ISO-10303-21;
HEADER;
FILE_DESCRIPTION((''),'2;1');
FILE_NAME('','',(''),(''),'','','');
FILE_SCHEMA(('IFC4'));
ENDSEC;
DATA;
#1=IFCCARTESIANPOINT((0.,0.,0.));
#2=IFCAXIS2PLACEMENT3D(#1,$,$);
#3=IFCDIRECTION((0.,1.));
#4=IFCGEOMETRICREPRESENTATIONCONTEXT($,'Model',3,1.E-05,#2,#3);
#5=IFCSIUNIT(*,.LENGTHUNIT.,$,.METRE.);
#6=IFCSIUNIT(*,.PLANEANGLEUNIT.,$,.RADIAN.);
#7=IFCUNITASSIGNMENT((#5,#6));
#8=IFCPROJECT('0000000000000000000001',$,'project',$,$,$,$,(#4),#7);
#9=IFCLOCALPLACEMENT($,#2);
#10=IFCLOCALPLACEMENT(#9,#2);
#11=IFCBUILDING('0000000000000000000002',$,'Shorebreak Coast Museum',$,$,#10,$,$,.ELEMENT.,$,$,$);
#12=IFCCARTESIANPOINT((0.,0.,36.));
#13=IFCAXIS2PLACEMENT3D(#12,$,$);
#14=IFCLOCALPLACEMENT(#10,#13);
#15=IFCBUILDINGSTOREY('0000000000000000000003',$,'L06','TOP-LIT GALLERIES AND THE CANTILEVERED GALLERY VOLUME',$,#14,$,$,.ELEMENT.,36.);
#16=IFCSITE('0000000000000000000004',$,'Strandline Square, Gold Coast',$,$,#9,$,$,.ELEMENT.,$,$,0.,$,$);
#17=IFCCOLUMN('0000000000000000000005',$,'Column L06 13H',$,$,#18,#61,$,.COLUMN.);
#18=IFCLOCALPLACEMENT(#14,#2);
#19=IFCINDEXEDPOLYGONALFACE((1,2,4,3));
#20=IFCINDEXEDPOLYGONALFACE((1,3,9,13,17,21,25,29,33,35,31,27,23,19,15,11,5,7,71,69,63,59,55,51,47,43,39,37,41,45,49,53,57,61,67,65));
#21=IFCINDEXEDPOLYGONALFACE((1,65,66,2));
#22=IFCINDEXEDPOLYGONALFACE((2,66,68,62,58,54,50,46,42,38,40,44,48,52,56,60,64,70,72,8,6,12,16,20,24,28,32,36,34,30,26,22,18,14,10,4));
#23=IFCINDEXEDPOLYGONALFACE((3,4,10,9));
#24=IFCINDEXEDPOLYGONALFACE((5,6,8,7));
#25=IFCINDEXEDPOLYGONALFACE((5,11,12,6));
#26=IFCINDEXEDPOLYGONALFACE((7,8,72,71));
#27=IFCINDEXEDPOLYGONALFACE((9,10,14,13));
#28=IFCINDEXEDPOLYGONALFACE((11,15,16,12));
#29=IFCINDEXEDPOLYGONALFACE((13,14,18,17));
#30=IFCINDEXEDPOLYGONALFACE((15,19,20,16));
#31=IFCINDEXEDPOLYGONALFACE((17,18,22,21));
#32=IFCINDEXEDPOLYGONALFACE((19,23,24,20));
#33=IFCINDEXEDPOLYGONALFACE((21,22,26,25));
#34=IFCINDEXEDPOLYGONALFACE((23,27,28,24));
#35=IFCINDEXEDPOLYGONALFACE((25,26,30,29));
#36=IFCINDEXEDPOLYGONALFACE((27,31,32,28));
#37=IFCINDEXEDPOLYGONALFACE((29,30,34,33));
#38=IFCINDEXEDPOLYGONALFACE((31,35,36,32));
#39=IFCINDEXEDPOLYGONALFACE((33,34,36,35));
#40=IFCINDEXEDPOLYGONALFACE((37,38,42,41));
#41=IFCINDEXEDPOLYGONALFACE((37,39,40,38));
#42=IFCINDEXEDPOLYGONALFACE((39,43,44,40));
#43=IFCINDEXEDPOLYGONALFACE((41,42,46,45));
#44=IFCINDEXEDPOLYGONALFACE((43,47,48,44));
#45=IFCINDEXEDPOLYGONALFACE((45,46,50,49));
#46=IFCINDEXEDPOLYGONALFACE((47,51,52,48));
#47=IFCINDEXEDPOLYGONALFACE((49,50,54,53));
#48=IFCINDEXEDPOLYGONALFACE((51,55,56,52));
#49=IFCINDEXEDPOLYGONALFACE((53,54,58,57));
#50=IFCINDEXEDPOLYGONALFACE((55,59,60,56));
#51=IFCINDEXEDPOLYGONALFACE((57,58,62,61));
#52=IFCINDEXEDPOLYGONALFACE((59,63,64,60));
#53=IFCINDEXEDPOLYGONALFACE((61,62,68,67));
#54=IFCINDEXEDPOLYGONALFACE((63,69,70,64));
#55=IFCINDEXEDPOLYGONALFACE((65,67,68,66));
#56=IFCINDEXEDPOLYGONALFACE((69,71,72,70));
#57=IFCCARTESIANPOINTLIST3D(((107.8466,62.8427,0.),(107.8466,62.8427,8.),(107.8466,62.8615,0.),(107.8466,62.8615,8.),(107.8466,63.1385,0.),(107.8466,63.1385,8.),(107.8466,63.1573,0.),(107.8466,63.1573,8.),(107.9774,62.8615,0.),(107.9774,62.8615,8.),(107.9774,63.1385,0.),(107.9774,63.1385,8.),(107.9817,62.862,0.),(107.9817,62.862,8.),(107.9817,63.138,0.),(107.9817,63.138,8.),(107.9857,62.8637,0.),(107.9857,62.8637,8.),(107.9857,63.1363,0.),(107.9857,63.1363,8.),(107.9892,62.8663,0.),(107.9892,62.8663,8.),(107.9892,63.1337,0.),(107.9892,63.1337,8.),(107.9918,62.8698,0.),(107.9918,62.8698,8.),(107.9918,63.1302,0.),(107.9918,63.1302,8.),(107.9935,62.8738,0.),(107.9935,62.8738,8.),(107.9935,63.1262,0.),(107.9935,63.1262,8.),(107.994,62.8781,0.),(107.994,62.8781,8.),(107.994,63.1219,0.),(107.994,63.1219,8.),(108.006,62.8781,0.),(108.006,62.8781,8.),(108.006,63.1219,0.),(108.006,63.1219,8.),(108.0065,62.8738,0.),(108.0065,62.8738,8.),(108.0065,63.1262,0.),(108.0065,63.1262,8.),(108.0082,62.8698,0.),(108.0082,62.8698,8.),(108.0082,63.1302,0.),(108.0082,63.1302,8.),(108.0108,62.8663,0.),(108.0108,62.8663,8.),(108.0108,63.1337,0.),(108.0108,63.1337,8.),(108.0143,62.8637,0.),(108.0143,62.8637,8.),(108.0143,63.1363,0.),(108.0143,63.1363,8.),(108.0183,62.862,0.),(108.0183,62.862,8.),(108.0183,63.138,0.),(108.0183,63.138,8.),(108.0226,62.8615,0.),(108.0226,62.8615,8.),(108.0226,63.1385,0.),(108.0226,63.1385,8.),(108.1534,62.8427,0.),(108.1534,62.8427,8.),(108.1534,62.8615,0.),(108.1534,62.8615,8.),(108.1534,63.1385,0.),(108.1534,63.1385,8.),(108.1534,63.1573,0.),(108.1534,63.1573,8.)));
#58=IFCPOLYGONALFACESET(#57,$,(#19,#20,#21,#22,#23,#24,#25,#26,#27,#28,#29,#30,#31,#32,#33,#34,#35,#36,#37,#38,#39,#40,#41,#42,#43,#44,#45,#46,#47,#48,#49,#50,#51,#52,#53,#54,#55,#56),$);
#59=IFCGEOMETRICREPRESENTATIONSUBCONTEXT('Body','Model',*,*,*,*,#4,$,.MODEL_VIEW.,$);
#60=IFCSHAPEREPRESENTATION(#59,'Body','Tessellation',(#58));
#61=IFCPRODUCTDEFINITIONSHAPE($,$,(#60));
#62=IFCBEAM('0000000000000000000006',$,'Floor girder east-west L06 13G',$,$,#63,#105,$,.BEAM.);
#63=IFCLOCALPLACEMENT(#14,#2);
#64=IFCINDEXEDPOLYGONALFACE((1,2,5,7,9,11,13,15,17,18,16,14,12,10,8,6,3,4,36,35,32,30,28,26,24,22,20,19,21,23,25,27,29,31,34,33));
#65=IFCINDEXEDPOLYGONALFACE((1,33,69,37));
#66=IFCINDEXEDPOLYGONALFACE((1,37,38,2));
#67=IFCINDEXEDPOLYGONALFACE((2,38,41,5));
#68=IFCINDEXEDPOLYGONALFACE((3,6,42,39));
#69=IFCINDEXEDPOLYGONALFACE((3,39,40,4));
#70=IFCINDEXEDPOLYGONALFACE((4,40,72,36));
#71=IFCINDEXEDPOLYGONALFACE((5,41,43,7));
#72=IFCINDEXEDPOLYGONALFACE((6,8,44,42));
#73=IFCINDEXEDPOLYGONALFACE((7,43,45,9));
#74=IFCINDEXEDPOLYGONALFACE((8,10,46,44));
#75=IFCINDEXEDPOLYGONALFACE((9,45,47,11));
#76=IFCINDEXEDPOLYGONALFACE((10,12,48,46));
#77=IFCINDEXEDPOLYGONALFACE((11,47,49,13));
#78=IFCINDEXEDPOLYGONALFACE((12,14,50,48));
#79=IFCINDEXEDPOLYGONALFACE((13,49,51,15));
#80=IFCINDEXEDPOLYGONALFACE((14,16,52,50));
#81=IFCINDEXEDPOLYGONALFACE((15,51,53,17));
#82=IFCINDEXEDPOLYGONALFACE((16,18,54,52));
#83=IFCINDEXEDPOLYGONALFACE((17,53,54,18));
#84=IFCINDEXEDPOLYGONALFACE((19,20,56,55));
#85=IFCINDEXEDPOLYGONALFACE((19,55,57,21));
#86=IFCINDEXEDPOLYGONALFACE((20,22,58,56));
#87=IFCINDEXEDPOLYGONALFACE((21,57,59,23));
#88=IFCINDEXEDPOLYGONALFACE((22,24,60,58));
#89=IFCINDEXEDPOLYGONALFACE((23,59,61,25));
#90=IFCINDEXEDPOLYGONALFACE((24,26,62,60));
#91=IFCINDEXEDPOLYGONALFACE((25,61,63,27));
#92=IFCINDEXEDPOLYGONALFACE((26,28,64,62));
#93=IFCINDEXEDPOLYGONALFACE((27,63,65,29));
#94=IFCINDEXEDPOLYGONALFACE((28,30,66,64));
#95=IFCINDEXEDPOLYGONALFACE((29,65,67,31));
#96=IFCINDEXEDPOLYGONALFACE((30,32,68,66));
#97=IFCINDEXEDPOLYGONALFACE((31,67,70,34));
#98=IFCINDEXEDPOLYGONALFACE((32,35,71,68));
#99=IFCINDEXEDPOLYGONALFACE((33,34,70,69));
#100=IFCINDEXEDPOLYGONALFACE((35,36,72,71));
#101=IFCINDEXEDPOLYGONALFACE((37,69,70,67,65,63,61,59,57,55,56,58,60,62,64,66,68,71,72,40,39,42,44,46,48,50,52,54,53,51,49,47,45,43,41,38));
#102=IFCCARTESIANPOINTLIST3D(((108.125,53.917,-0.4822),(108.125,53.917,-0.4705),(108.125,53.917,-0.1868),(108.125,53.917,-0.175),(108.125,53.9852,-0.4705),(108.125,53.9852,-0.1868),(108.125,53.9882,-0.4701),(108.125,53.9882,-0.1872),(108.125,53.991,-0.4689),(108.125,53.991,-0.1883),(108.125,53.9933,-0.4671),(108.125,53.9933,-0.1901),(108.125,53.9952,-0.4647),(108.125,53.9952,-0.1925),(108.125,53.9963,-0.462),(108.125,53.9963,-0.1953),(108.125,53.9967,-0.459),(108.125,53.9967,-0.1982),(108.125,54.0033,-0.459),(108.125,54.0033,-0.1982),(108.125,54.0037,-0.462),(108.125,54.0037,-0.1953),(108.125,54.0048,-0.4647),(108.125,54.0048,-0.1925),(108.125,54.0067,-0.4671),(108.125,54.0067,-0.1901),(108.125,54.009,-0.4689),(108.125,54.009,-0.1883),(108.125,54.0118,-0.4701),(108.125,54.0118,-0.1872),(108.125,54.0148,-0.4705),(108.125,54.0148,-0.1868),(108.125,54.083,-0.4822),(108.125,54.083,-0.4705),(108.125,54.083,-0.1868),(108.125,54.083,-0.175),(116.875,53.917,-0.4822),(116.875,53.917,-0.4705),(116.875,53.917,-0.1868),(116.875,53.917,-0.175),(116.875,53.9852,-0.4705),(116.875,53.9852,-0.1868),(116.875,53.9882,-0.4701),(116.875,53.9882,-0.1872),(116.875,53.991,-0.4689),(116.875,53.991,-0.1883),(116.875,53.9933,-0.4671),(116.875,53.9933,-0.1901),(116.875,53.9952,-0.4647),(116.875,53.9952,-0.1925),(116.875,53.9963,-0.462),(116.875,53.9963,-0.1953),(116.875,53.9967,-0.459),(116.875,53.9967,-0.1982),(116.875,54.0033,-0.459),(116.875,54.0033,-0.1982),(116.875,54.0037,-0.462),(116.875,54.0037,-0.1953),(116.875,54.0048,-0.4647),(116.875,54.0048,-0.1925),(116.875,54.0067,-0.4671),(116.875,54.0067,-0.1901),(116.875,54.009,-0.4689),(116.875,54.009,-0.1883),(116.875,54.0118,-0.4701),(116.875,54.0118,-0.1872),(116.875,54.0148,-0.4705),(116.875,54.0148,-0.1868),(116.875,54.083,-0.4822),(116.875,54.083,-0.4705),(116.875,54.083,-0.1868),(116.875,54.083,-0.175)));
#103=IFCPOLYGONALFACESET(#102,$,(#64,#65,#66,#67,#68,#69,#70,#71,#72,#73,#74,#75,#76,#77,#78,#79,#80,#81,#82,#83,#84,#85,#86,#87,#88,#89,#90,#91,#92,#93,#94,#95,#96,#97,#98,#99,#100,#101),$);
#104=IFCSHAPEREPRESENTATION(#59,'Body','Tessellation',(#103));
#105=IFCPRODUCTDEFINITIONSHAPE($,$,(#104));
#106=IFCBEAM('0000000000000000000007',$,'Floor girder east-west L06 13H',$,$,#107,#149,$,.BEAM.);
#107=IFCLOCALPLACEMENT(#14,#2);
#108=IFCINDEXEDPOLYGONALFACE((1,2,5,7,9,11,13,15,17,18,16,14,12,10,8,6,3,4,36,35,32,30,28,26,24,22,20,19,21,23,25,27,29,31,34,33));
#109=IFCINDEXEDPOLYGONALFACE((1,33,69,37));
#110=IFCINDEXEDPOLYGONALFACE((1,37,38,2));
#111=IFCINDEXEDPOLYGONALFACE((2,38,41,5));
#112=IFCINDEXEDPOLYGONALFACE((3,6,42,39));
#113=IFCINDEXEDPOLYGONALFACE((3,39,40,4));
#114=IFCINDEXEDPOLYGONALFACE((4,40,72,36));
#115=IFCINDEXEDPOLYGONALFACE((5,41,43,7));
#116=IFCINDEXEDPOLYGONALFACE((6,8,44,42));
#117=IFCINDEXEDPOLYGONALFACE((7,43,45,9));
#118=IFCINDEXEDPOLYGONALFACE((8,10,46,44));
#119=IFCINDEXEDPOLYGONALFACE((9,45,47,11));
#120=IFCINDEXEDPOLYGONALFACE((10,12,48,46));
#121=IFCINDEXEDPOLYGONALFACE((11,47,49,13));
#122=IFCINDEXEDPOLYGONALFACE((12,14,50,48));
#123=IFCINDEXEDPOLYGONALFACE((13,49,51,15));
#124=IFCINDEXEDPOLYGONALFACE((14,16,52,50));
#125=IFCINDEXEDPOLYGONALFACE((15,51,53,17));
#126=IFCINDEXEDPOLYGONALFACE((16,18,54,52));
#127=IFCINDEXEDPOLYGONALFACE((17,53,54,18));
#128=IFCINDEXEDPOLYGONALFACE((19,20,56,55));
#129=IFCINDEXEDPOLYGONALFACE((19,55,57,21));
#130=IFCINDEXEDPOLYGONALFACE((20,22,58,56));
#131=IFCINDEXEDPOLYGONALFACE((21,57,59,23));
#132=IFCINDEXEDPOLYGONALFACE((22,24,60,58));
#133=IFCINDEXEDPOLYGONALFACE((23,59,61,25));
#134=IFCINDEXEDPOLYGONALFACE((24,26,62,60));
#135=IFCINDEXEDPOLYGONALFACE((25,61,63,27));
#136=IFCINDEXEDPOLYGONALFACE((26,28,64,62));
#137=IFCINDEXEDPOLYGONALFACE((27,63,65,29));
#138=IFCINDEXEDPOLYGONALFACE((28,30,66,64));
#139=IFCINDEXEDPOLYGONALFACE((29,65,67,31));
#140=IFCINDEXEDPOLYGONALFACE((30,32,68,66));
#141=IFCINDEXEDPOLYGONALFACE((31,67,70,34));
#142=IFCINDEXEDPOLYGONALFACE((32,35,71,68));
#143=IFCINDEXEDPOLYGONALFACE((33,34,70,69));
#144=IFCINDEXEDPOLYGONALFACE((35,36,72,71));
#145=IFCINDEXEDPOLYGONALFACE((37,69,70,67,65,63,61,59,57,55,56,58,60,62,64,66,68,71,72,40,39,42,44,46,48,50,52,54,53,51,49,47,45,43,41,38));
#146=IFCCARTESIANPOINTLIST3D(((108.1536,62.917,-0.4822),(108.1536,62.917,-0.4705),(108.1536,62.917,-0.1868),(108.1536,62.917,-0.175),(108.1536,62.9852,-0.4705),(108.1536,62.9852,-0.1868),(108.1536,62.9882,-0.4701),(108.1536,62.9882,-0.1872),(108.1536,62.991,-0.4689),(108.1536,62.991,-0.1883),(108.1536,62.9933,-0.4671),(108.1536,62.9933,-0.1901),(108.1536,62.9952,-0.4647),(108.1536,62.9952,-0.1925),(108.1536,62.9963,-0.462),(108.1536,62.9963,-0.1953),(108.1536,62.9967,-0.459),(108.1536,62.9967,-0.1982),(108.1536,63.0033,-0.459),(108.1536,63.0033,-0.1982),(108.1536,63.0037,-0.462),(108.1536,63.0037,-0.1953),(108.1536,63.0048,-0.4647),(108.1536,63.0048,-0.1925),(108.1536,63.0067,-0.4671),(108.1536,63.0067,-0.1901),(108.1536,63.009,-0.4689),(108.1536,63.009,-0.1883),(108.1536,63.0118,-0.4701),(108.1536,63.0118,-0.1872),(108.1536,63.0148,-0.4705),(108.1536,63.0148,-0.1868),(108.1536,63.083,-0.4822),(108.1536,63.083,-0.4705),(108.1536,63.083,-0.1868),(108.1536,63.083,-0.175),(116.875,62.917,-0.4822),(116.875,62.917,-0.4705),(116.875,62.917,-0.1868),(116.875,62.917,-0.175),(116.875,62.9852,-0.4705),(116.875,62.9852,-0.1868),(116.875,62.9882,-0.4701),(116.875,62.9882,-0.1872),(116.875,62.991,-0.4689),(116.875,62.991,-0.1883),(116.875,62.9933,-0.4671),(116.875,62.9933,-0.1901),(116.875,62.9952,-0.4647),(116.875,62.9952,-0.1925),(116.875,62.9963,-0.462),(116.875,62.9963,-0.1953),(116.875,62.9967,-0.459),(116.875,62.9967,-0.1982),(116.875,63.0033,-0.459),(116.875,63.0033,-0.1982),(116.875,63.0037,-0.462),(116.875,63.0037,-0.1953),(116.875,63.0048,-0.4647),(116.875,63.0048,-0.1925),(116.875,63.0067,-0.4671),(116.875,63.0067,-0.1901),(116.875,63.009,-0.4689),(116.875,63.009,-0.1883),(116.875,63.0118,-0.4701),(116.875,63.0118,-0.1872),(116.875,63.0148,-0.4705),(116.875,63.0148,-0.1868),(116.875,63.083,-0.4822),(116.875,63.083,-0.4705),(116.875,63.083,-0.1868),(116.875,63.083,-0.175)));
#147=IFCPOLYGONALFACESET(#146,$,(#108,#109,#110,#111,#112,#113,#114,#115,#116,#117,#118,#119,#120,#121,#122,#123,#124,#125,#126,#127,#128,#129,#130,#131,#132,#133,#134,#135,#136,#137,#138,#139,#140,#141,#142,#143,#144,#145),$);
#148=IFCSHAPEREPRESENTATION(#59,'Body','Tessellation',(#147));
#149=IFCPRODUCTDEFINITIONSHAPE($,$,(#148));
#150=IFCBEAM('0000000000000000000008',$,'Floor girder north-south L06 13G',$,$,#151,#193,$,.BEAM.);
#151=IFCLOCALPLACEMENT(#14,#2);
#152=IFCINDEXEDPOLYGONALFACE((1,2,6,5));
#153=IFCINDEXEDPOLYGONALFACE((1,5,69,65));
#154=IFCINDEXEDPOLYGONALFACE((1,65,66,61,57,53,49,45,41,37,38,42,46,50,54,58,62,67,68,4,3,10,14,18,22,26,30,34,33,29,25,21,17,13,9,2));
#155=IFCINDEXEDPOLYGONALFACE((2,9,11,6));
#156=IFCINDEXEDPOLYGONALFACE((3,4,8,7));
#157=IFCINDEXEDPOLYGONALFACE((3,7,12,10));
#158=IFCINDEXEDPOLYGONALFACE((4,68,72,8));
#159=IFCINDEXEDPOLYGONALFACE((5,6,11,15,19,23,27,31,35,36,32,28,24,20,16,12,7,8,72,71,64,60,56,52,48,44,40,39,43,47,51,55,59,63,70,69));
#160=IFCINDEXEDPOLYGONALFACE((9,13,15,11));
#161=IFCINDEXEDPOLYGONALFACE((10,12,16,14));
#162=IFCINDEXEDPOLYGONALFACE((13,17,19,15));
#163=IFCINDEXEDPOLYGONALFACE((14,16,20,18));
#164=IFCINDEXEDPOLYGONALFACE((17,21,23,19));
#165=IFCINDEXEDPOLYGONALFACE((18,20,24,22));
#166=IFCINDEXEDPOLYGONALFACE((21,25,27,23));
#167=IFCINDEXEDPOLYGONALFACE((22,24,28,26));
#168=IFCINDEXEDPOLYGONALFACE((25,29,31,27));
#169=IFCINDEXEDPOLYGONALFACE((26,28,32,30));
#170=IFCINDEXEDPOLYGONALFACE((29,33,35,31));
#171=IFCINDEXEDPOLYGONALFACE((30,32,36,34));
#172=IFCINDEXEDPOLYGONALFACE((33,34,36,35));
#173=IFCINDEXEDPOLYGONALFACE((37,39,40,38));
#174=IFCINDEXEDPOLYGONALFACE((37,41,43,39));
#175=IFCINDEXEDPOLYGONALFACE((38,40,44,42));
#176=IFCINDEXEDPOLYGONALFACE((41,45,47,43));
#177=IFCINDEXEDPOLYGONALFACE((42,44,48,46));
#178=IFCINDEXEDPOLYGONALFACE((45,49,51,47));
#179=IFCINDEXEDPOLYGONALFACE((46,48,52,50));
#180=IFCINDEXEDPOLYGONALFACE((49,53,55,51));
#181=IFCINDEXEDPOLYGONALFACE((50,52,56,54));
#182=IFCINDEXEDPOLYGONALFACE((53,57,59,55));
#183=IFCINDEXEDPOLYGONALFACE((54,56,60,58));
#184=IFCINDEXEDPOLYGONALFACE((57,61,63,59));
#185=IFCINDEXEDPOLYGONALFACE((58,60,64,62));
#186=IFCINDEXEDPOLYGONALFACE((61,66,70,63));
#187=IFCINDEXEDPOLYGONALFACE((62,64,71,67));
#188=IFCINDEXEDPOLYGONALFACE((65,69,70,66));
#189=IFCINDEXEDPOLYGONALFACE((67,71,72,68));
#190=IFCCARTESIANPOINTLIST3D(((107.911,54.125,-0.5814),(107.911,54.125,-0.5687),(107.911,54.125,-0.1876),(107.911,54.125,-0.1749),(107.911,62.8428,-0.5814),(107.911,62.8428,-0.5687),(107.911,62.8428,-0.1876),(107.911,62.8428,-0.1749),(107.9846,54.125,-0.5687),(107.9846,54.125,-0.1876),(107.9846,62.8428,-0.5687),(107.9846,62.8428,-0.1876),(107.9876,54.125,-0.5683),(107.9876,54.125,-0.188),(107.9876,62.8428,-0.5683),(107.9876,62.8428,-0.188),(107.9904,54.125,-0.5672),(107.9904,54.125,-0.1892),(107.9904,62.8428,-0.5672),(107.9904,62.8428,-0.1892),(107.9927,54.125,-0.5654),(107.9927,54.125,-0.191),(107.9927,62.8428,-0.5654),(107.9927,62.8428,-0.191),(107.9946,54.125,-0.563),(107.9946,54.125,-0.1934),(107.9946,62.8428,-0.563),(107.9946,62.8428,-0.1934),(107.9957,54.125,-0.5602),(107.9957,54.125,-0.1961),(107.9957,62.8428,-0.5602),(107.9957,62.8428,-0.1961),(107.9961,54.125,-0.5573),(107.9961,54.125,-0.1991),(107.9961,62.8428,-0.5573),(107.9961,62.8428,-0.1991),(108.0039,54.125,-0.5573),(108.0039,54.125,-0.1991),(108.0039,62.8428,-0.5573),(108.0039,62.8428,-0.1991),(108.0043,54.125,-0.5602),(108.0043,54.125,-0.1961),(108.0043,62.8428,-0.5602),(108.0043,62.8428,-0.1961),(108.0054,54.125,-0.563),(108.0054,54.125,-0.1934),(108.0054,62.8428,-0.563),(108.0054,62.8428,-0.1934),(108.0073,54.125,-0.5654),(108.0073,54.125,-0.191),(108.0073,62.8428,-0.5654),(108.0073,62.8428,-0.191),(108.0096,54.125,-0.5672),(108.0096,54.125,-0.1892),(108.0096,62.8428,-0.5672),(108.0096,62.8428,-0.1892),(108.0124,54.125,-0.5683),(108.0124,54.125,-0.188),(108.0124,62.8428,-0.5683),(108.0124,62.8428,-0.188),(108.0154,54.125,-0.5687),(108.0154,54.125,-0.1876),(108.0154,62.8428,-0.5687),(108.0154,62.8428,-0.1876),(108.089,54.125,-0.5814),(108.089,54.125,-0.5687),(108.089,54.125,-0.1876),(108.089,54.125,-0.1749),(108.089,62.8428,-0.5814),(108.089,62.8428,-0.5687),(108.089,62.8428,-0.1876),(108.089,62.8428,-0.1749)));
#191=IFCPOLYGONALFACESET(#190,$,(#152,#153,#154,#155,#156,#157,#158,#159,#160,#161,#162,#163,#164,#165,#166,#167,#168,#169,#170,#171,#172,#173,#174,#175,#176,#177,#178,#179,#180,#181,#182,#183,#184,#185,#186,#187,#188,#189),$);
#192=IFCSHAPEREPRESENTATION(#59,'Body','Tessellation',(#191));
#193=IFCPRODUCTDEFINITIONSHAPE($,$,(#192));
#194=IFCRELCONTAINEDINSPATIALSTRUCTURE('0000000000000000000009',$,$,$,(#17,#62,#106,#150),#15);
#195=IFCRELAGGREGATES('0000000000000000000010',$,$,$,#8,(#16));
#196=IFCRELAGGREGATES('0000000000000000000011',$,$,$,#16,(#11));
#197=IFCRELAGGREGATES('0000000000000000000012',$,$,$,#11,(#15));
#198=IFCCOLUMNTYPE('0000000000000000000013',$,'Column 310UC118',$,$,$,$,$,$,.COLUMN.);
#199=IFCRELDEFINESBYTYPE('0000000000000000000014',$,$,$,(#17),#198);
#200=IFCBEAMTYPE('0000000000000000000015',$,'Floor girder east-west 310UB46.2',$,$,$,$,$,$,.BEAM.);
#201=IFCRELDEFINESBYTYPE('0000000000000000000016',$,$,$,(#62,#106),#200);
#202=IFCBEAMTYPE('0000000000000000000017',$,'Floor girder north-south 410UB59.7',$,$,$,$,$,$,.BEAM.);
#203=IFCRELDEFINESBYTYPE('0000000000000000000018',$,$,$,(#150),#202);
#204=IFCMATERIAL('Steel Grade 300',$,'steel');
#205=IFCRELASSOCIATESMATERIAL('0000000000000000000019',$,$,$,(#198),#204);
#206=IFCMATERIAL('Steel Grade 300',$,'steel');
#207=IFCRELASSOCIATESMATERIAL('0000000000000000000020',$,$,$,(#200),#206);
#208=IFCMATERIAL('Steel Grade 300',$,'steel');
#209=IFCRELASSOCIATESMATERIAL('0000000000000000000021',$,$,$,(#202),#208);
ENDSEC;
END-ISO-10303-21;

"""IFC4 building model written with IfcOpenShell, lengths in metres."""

from ifc_helpers import new_model, si_unit, direction, frame, origin, origin_2d, place, context, subcontext, project, spatial, i_section, extrude, material, material_profile, profile_set, type_object, element, save


model = new_model("IFC4")

# Units and contexts
model_context = context("Model", 3, precision=1e-05, world=origin(), true_north=direction((0.0, 1.0)))
body_context = subcontext(model_context, "Body", "Model", "MODEL_VIEW")
ifc_project = project(units=[si_unit("LENGTHUNIT", "METRE"), si_unit("PLANEANGLEUNIT", "RADIAN")], contexts=[model_context])

# Site, building, storey
site_placement = place(None, origin())
site = spatial("IfcSite", under=ifc_project, at=site_placement, Name="Strandline Square, Gold Coast", CompositionType="ELEMENT", RefElevation=0.0)
building_placement = place(site_placement, origin())
building = spatial("IfcBuilding", under=site, at=building_placement, Name="Shorebreak Coast Museum", CompositionType="ELEMENT")
storey_placement = place(building_placement, frame((0.0, 0.0, 36.0)))
storey = spatial("IfcBuildingStorey", under=building, at=storey_placement, Name="L06", Description="TOP-LIT GALLERIES AND THE CANTILEVERED GALLERY VOLUME", CompositionType="ELEMENT", Elevation=36.0)

# Column
ifc_material_1 = material(Name="Steel Grade 300", Category="steel")
ifc_material_profile_1 = material_profile(ifc_material_1, i_section(OverallWidth=0.3069, OverallDepth=0.3147, WebThickness=0.012, FlangeThickness=0.0188, FilletRadius=0.0166, at=origin_2d()), Name="310UC118")
ifc_profile_set_1 = profile_set([ifc_material_profile_1], Name="Steel Grade 300")
column_type_1 = type_object("IfcColumnType", Name="Column 310UC118", PredefinedType="COLUMN", material=ifc_profile_set_1)
column_placement = place(storey_placement, frame((108.0, 63.0, 0.0), z_axis=(0.0, 0.0, 1.0), x_axis=(1.0, 0.0, 0.0)))
element("IfcColumn", 1, at=column_placement, inside=storey, type_object=column_type_1, Name="Column L06 13H", PredefinedType="COLUMN", context=body_context, shape_type="SweptSolid", body=[
    extrude(i_section(OverallWidth=0.3069, OverallDepth=0.3147, WebThickness=0.012, FlangeThickness=0.0188, FilletRadius=0.0166, at=origin_2d()), origin(), (0.0, 0.0, 1.0), 8.0),
])

# Beams
ifc_material_2 = material(Name="Steel Grade 300", Category="steel")
ifc_material_profile_2 = material_profile(ifc_material_2, i_section(OverallWidth=0.166, OverallDepth=0.3071, WebThickness=0.0066, FlangeThickness=0.0117, FilletRadius=0.0115, at=origin_2d()), Name="310UB46.2")
ifc_profile_set_2 = profile_set([ifc_material_profile_2], Name="Steel Grade 300")
beam_type_1 = type_object("IfcBeamType", Name="Floor girder east-west 310UB46.2", PredefinedType="BEAM", material=ifc_profile_set_2)
beam_1_placement = place(storey_placement, frame((108.125, 54.0, -0.3286), z_axis=(1.0, 0.0, 0.0), x_axis=(0.0, 1.0, 0.0)))
element("IfcBeam", 2, at=beam_1_placement, inside=storey, type_object=beam_type_1, Name="Floor girder east-west L06 13G", PredefinedType="BEAM", context=body_context, shape_type="SweptSolid", body=[
    extrude(i_section(OverallWidth=0.166, OverallDepth=0.3071, WebThickness=0.0066, FlangeThickness=0.0117, FilletRadius=0.0115, at=origin_2d()), origin(), (0.0, 0.0, 1.0), 8.75),
])
beam_2_placement = place(storey_placement, frame((108.1536, 63.0, -0.3286), z_axis=(1.0, 0.0, 0.0), x_axis=(0.0, 1.0, 0.0)))
element("IfcBeam", 3, at=beam_2_placement, inside=storey, type_object=beam_type_1, Name="Floor girder east-west L06 13H", PredefinedType="BEAM", context=body_context, shape_type="SweptSolid", body=[
    extrude(i_section(OverallWidth=0.166, OverallDepth=0.3071, WebThickness=0.0066, FlangeThickness=0.0117, FilletRadius=0.0115, at=origin_2d()), origin(), (0.0, 0.0, 1.0), 8.7214),
])
ifc_material_3 = material(Name="Steel Grade 300", Category="steel")
ifc_material_profile_3 = material_profile(ifc_material_3, i_section(OverallWidth=0.178, OverallDepth=0.4065, WebThickness=0.0078, FlangeThickness=0.0127, FilletRadius=0.0115, at=origin_2d()), Name="410UB59.7")
ifc_profile_set_3 = profile_set([ifc_material_profile_3], Name="Steel Grade 300")
beam_type_2 = type_object("IfcBeamType", Name="Floor girder north-south 410UB59.7", PredefinedType="BEAM", material=ifc_profile_set_3)
beam_3_placement = place(storey_placement, frame((108.0, 54.125, -0.3782), z_axis=(0.0, 1.0, 0.0), x_axis=(-1.0, 0.0, 0.0)))
element("IfcBeam", 4, at=beam_3_placement, inside=storey, type_object=beam_type_2, Name="Floor girder north-south L06 13G", PredefinedType="BEAM", context=body_context, shape_type="SweptSolid", body=[
    extrude(i_section(OverallWidth=0.178, OverallDepth=0.4065, WebThickness=0.0078, FlangeThickness=0.0127, FilletRadius=0.0115, at=origin_2d()), origin(), (0.0, 0.0, 1.0), 8.7178),
])

save(model, "model.ifc")
